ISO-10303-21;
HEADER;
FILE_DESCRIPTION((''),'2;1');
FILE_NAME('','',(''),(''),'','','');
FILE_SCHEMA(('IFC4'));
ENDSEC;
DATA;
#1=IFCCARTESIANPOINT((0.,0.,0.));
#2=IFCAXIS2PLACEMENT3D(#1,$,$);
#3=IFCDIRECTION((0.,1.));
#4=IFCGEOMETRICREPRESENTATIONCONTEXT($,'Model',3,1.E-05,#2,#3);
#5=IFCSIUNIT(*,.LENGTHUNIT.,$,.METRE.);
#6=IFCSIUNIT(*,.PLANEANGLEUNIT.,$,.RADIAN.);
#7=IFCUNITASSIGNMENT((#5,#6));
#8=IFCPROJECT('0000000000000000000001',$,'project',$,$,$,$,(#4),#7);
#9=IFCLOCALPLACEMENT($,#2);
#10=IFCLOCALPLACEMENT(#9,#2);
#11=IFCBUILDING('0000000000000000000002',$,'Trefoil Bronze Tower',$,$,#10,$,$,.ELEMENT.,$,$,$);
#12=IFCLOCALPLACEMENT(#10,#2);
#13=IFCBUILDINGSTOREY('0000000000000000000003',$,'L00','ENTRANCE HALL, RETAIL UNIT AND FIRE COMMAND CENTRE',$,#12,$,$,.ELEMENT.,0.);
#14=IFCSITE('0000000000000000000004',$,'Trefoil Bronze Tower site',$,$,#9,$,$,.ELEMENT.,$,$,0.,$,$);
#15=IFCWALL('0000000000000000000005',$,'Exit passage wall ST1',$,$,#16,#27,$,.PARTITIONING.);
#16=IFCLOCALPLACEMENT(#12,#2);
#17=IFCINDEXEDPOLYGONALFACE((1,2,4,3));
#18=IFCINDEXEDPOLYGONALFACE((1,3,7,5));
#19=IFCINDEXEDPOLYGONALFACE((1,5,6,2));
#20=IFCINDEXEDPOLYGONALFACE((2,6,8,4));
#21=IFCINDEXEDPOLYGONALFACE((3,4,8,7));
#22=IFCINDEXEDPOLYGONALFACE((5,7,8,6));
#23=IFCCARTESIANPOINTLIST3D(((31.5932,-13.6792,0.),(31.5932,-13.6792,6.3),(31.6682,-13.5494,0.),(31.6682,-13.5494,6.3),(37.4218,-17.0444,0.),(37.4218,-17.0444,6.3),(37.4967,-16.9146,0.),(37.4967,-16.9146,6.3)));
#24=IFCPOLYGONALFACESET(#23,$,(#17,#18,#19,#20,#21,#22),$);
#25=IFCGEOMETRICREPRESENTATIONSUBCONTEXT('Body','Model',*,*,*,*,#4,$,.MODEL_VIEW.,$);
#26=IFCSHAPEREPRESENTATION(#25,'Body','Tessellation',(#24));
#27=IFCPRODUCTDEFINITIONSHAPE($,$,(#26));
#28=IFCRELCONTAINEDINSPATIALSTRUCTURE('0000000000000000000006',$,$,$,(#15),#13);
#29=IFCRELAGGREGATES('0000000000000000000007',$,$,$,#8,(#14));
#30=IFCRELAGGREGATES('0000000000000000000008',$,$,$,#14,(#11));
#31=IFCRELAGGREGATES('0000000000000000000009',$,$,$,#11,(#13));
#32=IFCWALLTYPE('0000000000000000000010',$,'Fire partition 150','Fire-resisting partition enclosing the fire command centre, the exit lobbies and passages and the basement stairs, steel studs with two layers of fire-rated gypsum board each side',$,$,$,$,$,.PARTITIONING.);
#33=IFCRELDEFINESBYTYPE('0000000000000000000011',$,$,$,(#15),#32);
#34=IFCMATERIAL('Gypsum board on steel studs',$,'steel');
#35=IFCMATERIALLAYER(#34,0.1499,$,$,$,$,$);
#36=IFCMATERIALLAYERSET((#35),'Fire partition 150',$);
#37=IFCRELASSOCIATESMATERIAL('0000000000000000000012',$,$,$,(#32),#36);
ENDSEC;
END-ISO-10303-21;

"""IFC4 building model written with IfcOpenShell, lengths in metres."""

from ifc_helpers import new_model, si_unit, direction, frame, frame_2d, origin, place, context, subcontext, project, spatial, rectangle, extrude, material, layer, layer_set, type_object, element, save


model = new_model("IFC4")

# Units and contexts
model_context = context("Model", 3, precision=1e-05, world=origin(), true_north=direction((0.0, 1.0)))
body_context = subcontext(model_context, "Body", "Model", "MODEL_VIEW")
ifc_project = project(units=[si_unit("LENGTHUNIT", "METRE"), si_unit("PLANEANGLEUNIT", "RADIAN")], contexts=[model_context])

# Site, building, storey
site_placement = place(None, origin())
site = spatial("IfcSite", under=ifc_project, at=site_placement, Name="Trefoil Bronze Tower site", CompositionType="ELEMENT", RefElevation=0.0)
building_placement = place(site_placement, origin())
building = spatial("IfcBuilding", under=site, at=building_placement, Name="Trefoil Bronze Tower", CompositionType="ELEMENT")
storey_placement = place(building_placement, origin())
storey = spatial("IfcBuildingStorey", under=building, at=storey_placement, Name="L00", Description="ENTRANCE HALL, RETAIL UNIT AND FIRE COMMAND CENTRE", CompositionType="ELEMENT", Elevation=0.0)

# Wall
ifc_material_1 = material(Name="Gypsum board on steel studs", Category="steel")
ifc_layer_1 = layer(ifc_material_1, 0.1499)
ifc_layer_set_1 = layer_set([ifc_layer_1], Name="Fire partition 150")
wall_type = type_object("IfcWallType", Name="Fire partition 150", Description="Fire-resisting partition enclosing the fire command centre, the exit lobbies and passages and the basement stairs, steel studs with two layers of fire-rated gypsum board each side", PredefinedType="PARTITIONING", material=ifc_layer_set_1)
wall_1_placement = place(storey_placement, frame((31.6306, -13.6143, 0.0), z_axis=(0.0, 0.0, 1.0), x_axis=(0.86602, -0.500009, 0.0)))
element("IfcWall", 1, at=wall_1_placement, inside=storey, type_object=wall_type, Name="Exit passage wall ST1", PredefinedType="PARTITIONING", context=body_context, shape_type="SweptSolid", body=[
    extrude(rectangle(XDim=6.7302, YDim=0.1499, at=frame_2d((3.3652, 0.0))), origin(), (0.0, 0.0, 1.0), 6.3),
])

save(model, "model.ifc")
